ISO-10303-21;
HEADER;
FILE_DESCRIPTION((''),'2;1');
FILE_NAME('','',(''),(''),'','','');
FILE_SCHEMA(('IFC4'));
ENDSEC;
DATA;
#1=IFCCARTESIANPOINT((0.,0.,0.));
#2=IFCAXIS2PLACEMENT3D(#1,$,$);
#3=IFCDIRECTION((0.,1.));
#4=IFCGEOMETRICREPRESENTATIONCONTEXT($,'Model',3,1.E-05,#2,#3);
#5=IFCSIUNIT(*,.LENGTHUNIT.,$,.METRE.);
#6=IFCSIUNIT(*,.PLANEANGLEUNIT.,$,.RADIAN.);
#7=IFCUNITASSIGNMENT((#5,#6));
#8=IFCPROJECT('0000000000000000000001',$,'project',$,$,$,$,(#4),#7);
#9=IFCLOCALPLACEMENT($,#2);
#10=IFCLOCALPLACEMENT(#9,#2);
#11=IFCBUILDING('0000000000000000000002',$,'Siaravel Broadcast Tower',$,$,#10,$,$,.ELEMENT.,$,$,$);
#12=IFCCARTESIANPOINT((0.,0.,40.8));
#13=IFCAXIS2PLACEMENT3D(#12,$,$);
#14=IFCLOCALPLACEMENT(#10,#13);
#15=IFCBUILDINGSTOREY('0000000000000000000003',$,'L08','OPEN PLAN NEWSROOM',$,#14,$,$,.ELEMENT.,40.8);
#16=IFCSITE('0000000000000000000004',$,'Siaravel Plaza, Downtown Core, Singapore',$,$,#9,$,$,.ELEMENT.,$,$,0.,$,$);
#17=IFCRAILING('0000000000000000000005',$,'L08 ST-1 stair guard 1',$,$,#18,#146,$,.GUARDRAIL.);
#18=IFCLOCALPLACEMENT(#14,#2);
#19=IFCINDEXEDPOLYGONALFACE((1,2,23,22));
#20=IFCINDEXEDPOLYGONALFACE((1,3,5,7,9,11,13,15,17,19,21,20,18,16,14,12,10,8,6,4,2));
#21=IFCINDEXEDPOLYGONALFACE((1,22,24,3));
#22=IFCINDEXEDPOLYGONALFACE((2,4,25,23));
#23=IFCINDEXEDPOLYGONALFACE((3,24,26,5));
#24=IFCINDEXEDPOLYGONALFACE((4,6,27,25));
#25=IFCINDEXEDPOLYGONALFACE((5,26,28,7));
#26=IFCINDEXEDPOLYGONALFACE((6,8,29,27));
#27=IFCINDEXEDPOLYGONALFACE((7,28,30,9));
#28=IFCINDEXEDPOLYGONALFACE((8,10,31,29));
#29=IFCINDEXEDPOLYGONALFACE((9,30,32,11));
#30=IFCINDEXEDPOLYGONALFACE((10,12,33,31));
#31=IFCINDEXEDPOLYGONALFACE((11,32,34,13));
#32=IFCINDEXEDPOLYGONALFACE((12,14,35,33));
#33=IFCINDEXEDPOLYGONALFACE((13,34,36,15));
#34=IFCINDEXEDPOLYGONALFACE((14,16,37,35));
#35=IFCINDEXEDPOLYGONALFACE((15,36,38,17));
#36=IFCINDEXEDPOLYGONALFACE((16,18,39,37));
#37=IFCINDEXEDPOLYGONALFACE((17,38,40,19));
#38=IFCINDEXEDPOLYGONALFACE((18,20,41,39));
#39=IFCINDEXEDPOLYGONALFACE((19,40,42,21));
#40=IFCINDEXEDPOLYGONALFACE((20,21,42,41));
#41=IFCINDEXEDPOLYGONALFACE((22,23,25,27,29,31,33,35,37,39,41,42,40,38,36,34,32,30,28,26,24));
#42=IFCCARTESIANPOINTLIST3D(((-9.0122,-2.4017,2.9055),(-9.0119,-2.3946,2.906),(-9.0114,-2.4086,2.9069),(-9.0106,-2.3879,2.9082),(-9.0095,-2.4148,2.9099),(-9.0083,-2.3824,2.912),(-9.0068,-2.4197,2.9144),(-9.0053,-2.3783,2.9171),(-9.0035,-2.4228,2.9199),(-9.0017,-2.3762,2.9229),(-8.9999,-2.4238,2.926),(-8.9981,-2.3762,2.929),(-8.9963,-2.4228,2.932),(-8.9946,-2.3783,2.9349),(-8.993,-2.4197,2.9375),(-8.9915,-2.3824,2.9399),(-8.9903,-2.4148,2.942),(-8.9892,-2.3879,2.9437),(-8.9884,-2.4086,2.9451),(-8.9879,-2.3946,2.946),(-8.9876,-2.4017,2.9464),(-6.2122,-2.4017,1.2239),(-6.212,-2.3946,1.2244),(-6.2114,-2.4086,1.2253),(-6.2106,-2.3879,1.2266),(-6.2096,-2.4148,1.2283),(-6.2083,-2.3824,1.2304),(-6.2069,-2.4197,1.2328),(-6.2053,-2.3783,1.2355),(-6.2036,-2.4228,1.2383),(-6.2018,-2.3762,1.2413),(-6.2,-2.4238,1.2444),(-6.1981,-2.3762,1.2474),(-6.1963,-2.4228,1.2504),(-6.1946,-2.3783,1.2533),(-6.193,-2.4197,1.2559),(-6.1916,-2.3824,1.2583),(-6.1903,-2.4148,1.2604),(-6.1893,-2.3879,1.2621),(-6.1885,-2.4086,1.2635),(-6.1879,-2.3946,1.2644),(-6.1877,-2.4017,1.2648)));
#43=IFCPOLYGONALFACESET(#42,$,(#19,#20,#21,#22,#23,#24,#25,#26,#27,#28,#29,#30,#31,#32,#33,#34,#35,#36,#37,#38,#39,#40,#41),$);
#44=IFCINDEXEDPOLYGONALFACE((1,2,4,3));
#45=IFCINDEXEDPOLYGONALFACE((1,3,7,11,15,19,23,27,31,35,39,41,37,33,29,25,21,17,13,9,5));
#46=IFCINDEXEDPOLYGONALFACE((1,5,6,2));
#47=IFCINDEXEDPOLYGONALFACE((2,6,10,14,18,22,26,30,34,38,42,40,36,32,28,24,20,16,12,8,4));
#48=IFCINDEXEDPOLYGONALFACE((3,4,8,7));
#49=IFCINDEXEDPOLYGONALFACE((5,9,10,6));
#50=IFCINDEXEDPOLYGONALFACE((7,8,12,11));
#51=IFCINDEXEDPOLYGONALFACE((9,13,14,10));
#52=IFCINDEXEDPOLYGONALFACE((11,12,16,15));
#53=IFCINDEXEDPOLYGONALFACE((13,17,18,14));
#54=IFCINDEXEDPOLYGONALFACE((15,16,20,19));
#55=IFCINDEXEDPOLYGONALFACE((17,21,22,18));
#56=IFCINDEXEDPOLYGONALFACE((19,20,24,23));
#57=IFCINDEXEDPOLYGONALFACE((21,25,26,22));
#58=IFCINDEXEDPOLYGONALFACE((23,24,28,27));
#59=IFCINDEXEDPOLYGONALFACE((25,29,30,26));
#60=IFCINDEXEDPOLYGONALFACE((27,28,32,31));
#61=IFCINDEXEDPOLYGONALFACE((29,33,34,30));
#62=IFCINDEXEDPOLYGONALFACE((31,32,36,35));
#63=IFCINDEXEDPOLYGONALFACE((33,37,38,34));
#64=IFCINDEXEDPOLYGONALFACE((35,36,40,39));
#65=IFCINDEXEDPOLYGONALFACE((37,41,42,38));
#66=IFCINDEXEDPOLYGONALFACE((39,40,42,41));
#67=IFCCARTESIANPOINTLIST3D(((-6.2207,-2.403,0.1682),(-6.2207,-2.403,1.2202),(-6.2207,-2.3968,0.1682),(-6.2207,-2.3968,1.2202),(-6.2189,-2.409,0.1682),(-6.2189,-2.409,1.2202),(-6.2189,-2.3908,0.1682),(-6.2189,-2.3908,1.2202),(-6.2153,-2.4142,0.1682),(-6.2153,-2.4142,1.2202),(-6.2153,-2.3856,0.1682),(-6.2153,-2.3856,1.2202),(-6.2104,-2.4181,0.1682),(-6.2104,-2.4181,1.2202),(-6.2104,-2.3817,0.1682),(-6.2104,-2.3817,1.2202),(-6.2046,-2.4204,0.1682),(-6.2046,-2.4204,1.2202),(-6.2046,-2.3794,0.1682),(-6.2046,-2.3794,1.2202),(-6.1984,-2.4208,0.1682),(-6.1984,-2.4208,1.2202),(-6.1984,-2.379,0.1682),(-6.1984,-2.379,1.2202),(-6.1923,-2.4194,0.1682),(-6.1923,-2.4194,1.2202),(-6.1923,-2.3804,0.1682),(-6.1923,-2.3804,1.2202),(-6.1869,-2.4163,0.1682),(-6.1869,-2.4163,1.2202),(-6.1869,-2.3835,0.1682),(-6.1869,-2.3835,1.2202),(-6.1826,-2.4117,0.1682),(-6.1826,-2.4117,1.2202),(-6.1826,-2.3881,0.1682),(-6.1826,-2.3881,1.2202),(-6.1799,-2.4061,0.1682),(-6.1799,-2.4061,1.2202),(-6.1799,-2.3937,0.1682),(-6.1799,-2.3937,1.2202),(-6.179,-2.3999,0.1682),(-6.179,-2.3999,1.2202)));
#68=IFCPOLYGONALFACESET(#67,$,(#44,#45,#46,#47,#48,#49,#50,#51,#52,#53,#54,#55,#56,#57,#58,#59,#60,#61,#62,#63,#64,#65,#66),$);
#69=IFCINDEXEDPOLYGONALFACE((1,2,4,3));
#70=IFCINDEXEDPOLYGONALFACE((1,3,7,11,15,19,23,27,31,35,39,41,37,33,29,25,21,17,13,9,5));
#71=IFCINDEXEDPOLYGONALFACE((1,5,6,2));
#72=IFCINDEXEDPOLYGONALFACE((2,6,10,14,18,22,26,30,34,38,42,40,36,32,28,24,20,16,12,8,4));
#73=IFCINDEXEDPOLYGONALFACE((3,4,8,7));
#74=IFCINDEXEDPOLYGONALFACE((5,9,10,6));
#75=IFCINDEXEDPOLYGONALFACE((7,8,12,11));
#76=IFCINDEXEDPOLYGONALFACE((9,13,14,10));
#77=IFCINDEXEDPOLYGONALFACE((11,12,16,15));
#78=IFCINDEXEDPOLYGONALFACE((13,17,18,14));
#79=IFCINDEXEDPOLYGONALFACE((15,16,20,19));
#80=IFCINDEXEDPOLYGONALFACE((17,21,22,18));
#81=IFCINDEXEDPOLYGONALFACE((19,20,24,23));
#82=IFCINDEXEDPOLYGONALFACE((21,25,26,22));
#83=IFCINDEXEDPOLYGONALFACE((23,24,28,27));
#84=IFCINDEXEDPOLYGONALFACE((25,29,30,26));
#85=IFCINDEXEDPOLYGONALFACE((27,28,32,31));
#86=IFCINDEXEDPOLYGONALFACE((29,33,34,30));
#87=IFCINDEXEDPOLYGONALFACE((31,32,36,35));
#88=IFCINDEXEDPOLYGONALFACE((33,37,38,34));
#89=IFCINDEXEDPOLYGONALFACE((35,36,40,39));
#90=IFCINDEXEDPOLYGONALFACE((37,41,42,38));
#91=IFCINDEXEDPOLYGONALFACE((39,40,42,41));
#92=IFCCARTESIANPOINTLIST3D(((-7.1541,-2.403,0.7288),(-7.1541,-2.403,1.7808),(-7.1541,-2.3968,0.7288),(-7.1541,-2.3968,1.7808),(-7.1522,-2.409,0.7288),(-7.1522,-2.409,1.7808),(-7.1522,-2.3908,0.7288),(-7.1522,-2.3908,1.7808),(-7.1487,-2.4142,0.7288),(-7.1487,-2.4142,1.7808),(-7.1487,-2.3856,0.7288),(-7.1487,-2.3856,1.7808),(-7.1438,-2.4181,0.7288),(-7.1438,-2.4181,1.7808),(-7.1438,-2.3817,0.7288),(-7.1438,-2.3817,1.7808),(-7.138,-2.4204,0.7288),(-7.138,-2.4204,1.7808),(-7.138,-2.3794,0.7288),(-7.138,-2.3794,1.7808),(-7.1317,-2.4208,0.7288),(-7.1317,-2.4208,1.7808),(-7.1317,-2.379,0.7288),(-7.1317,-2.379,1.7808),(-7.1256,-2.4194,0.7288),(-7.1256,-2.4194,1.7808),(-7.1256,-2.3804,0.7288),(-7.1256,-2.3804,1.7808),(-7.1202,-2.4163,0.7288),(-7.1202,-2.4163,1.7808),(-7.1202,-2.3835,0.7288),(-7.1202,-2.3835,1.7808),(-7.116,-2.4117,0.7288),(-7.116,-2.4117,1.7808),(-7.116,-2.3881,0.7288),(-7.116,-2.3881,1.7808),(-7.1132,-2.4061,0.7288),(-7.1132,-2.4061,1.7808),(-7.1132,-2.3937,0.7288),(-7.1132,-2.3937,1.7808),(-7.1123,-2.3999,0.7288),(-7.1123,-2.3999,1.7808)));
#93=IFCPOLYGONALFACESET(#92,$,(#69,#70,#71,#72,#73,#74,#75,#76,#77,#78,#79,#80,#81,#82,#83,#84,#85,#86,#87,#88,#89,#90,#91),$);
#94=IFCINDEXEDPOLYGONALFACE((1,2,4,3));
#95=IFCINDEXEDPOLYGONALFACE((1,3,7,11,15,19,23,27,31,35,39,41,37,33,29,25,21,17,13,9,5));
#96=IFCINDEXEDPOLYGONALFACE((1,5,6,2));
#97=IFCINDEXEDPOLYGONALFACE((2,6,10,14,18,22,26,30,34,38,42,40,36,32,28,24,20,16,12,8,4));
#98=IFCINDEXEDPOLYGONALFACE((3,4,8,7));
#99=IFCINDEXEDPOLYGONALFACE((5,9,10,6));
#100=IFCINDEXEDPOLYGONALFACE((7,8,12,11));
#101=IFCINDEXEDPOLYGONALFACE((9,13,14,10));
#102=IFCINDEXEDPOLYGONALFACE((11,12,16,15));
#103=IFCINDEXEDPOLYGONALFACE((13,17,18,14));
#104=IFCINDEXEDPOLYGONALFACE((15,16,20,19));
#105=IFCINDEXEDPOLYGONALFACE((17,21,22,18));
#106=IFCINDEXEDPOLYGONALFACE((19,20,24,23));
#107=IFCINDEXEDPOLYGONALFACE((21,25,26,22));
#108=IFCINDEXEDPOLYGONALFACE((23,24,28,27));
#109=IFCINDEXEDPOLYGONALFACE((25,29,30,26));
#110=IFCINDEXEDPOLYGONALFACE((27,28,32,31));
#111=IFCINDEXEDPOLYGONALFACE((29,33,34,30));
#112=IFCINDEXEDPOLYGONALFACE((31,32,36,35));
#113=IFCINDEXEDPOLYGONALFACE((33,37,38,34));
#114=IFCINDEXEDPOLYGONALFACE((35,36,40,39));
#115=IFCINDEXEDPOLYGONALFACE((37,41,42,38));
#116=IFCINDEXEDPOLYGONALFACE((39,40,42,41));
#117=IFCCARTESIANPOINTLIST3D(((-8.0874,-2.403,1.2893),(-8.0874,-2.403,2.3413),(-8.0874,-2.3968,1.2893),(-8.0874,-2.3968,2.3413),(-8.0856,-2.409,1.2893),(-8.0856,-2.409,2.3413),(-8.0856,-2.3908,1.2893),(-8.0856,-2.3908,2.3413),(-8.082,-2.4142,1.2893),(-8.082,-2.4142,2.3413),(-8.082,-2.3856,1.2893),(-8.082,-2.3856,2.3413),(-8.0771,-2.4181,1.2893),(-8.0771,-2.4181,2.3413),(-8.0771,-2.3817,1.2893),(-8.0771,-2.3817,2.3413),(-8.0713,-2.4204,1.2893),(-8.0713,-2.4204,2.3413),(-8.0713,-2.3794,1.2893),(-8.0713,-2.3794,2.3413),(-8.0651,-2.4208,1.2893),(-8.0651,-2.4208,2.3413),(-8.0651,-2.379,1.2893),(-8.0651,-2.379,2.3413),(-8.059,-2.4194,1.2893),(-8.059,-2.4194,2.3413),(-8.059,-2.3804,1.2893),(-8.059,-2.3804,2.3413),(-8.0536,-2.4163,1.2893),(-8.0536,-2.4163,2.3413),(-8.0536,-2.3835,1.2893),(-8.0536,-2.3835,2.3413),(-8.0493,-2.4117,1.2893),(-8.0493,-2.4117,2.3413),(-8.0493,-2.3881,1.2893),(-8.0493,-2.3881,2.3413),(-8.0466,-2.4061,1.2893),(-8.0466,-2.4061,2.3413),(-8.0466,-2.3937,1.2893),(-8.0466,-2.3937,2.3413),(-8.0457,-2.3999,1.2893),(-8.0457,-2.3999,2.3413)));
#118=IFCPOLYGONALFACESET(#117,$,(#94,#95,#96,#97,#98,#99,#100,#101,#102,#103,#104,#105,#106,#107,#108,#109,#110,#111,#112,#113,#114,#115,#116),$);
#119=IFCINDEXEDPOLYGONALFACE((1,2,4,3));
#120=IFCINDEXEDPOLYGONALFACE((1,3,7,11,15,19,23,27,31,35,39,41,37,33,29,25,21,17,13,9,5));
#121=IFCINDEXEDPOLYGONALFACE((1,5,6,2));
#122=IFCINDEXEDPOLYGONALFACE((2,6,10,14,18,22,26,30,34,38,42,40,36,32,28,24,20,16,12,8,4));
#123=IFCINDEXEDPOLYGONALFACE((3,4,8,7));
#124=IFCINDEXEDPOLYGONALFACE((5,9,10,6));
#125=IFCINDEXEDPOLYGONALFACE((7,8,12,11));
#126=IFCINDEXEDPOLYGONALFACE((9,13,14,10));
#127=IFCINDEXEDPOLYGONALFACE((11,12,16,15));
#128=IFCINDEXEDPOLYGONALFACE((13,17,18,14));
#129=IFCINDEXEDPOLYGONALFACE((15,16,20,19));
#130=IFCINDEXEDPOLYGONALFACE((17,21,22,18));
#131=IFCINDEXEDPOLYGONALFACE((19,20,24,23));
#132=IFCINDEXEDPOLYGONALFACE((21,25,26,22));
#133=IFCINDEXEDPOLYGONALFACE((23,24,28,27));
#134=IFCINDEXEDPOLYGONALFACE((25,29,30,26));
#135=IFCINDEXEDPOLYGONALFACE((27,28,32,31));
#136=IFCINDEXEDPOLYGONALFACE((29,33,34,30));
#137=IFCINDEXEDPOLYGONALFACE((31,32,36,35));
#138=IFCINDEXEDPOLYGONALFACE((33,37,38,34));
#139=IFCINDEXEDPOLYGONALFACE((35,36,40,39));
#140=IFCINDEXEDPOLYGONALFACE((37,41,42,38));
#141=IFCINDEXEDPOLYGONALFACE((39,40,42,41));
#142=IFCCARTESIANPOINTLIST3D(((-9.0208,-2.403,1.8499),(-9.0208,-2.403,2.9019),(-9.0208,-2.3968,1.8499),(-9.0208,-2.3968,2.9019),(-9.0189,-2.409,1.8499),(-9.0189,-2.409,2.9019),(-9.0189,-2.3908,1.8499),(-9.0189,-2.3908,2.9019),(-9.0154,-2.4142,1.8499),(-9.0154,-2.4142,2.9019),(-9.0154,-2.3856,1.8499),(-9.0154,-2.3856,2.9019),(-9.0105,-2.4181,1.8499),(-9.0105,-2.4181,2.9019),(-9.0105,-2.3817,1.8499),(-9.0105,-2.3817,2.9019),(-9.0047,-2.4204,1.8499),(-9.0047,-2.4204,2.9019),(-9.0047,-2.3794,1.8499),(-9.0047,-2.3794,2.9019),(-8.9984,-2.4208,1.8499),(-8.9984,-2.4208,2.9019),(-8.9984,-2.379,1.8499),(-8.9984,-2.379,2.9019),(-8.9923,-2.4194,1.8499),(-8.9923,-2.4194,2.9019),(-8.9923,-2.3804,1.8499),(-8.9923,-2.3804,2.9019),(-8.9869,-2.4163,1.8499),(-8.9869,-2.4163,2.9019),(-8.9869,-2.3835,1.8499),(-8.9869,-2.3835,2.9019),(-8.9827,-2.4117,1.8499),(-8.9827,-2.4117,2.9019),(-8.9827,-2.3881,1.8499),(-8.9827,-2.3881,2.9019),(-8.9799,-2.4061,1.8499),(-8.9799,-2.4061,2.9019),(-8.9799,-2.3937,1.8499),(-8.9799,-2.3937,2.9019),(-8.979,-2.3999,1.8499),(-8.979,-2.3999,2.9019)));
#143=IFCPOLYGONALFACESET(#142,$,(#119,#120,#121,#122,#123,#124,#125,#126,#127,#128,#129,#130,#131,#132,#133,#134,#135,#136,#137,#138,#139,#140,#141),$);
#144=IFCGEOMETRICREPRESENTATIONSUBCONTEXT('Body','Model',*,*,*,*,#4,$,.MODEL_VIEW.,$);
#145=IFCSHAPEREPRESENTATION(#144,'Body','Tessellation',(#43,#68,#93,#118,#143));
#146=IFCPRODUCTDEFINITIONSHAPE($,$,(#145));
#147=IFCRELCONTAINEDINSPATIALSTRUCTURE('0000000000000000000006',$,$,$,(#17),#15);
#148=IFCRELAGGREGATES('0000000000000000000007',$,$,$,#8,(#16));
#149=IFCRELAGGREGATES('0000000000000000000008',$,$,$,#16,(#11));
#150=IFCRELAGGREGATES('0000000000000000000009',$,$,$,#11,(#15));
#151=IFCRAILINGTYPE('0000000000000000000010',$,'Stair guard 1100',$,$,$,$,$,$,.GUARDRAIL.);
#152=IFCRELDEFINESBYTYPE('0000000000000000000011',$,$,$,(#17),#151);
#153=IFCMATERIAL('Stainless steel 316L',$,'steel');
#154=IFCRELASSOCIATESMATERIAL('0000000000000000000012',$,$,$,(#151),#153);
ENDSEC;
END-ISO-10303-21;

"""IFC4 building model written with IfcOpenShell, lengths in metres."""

from ifc_helpers import new_model, si_unit, direction, frame, origin, origin_2d, place, context, subcontext, project, spatial, circle, extrude, material, type_object, element, save


model = new_model("IFC4")

# Units and contexts
model_context = context("Model", 3, precision=1e-05, world=origin(), true_north=direction((0.0, 1.0)))
body_context = subcontext(model_context, "Body", "Model", "MODEL_VIEW")
ifc_project = project(units=[si_unit("LENGTHUNIT", "METRE"), si_unit("PLANEANGLEUNIT", "RADIAN")], contexts=[model_context])

# Site, building, storey
site_placement = place(None, origin())
site = spatial("IfcSite", under=ifc_project, at=site_placement, Name="Siaravel Plaza, Downtown Core, Singapore", CompositionType="ELEMENT", RefElevation=0.0)
building_placement = place(site_placement, origin())
building = spatial("IfcBuilding", under=site, at=building_placement, Name="Siaravel Broadcast Tower", CompositionType="ELEMENT")
storey_placement = place(building_placement, frame((0.0, 0.0, 40.8)))
storey = spatial("IfcBuildingStorey", under=building, at=storey_placement, Name="L08", Description="OPEN PLAN NEWSROOM", CompositionType="ELEMENT", Elevation=40.8)

# Railing
ifc_material_1 = material(Name="Stainless steel 316L", Category="steel")
railing_type_1 = type_object("IfcRailingType", Name="Stair guard 1100", PredefinedType="GUARDRAIL", material=ifc_material_1)
railing_1_placement = place(storey_placement, frame((-6.2, -2.3999, 0.1682)))
element("IfcRailing", 1, at=railing_1_placement, inside=storey, type_object=railing_type_1, Name="L08 ST-1 stair guard 1", PredefinedType="GUARDRAIL", context=body_context, shape_type="SweptSolid", body=[
    extrude(circle(Radius=0.0239, at=origin_2d()), frame((0.0, 0.0, 1.0762), z_axis=(-0.857275, 0.0, 0.514858), x_axis=(0.0, -1.0, 0.0)), (0.0, 0.0, 1.0), 3.2661),
    extrude(circle(Radius=0.021, at=origin_2d()), origin(), (0.0, 0.0, 1.0), 1.052),
    extrude(circle(Radius=0.021, at=origin_2d()), frame((-0.9333, 0.0, 0.5605)), (0.0, 0.0, 1.0), 1.052),
    extrude(circle(Radius=0.021, at=origin_2d()), frame((-1.8667, 0.0, 1.1211)), (0.0, 0.0, 1.0), 1.052),
    extrude(circle(Radius=0.021, at=origin_2d()), frame((-2.8, 0.0, 1.6816)), (0.0, 0.0, 1.0), 1.052),
])

save(model, "model.ifc")
